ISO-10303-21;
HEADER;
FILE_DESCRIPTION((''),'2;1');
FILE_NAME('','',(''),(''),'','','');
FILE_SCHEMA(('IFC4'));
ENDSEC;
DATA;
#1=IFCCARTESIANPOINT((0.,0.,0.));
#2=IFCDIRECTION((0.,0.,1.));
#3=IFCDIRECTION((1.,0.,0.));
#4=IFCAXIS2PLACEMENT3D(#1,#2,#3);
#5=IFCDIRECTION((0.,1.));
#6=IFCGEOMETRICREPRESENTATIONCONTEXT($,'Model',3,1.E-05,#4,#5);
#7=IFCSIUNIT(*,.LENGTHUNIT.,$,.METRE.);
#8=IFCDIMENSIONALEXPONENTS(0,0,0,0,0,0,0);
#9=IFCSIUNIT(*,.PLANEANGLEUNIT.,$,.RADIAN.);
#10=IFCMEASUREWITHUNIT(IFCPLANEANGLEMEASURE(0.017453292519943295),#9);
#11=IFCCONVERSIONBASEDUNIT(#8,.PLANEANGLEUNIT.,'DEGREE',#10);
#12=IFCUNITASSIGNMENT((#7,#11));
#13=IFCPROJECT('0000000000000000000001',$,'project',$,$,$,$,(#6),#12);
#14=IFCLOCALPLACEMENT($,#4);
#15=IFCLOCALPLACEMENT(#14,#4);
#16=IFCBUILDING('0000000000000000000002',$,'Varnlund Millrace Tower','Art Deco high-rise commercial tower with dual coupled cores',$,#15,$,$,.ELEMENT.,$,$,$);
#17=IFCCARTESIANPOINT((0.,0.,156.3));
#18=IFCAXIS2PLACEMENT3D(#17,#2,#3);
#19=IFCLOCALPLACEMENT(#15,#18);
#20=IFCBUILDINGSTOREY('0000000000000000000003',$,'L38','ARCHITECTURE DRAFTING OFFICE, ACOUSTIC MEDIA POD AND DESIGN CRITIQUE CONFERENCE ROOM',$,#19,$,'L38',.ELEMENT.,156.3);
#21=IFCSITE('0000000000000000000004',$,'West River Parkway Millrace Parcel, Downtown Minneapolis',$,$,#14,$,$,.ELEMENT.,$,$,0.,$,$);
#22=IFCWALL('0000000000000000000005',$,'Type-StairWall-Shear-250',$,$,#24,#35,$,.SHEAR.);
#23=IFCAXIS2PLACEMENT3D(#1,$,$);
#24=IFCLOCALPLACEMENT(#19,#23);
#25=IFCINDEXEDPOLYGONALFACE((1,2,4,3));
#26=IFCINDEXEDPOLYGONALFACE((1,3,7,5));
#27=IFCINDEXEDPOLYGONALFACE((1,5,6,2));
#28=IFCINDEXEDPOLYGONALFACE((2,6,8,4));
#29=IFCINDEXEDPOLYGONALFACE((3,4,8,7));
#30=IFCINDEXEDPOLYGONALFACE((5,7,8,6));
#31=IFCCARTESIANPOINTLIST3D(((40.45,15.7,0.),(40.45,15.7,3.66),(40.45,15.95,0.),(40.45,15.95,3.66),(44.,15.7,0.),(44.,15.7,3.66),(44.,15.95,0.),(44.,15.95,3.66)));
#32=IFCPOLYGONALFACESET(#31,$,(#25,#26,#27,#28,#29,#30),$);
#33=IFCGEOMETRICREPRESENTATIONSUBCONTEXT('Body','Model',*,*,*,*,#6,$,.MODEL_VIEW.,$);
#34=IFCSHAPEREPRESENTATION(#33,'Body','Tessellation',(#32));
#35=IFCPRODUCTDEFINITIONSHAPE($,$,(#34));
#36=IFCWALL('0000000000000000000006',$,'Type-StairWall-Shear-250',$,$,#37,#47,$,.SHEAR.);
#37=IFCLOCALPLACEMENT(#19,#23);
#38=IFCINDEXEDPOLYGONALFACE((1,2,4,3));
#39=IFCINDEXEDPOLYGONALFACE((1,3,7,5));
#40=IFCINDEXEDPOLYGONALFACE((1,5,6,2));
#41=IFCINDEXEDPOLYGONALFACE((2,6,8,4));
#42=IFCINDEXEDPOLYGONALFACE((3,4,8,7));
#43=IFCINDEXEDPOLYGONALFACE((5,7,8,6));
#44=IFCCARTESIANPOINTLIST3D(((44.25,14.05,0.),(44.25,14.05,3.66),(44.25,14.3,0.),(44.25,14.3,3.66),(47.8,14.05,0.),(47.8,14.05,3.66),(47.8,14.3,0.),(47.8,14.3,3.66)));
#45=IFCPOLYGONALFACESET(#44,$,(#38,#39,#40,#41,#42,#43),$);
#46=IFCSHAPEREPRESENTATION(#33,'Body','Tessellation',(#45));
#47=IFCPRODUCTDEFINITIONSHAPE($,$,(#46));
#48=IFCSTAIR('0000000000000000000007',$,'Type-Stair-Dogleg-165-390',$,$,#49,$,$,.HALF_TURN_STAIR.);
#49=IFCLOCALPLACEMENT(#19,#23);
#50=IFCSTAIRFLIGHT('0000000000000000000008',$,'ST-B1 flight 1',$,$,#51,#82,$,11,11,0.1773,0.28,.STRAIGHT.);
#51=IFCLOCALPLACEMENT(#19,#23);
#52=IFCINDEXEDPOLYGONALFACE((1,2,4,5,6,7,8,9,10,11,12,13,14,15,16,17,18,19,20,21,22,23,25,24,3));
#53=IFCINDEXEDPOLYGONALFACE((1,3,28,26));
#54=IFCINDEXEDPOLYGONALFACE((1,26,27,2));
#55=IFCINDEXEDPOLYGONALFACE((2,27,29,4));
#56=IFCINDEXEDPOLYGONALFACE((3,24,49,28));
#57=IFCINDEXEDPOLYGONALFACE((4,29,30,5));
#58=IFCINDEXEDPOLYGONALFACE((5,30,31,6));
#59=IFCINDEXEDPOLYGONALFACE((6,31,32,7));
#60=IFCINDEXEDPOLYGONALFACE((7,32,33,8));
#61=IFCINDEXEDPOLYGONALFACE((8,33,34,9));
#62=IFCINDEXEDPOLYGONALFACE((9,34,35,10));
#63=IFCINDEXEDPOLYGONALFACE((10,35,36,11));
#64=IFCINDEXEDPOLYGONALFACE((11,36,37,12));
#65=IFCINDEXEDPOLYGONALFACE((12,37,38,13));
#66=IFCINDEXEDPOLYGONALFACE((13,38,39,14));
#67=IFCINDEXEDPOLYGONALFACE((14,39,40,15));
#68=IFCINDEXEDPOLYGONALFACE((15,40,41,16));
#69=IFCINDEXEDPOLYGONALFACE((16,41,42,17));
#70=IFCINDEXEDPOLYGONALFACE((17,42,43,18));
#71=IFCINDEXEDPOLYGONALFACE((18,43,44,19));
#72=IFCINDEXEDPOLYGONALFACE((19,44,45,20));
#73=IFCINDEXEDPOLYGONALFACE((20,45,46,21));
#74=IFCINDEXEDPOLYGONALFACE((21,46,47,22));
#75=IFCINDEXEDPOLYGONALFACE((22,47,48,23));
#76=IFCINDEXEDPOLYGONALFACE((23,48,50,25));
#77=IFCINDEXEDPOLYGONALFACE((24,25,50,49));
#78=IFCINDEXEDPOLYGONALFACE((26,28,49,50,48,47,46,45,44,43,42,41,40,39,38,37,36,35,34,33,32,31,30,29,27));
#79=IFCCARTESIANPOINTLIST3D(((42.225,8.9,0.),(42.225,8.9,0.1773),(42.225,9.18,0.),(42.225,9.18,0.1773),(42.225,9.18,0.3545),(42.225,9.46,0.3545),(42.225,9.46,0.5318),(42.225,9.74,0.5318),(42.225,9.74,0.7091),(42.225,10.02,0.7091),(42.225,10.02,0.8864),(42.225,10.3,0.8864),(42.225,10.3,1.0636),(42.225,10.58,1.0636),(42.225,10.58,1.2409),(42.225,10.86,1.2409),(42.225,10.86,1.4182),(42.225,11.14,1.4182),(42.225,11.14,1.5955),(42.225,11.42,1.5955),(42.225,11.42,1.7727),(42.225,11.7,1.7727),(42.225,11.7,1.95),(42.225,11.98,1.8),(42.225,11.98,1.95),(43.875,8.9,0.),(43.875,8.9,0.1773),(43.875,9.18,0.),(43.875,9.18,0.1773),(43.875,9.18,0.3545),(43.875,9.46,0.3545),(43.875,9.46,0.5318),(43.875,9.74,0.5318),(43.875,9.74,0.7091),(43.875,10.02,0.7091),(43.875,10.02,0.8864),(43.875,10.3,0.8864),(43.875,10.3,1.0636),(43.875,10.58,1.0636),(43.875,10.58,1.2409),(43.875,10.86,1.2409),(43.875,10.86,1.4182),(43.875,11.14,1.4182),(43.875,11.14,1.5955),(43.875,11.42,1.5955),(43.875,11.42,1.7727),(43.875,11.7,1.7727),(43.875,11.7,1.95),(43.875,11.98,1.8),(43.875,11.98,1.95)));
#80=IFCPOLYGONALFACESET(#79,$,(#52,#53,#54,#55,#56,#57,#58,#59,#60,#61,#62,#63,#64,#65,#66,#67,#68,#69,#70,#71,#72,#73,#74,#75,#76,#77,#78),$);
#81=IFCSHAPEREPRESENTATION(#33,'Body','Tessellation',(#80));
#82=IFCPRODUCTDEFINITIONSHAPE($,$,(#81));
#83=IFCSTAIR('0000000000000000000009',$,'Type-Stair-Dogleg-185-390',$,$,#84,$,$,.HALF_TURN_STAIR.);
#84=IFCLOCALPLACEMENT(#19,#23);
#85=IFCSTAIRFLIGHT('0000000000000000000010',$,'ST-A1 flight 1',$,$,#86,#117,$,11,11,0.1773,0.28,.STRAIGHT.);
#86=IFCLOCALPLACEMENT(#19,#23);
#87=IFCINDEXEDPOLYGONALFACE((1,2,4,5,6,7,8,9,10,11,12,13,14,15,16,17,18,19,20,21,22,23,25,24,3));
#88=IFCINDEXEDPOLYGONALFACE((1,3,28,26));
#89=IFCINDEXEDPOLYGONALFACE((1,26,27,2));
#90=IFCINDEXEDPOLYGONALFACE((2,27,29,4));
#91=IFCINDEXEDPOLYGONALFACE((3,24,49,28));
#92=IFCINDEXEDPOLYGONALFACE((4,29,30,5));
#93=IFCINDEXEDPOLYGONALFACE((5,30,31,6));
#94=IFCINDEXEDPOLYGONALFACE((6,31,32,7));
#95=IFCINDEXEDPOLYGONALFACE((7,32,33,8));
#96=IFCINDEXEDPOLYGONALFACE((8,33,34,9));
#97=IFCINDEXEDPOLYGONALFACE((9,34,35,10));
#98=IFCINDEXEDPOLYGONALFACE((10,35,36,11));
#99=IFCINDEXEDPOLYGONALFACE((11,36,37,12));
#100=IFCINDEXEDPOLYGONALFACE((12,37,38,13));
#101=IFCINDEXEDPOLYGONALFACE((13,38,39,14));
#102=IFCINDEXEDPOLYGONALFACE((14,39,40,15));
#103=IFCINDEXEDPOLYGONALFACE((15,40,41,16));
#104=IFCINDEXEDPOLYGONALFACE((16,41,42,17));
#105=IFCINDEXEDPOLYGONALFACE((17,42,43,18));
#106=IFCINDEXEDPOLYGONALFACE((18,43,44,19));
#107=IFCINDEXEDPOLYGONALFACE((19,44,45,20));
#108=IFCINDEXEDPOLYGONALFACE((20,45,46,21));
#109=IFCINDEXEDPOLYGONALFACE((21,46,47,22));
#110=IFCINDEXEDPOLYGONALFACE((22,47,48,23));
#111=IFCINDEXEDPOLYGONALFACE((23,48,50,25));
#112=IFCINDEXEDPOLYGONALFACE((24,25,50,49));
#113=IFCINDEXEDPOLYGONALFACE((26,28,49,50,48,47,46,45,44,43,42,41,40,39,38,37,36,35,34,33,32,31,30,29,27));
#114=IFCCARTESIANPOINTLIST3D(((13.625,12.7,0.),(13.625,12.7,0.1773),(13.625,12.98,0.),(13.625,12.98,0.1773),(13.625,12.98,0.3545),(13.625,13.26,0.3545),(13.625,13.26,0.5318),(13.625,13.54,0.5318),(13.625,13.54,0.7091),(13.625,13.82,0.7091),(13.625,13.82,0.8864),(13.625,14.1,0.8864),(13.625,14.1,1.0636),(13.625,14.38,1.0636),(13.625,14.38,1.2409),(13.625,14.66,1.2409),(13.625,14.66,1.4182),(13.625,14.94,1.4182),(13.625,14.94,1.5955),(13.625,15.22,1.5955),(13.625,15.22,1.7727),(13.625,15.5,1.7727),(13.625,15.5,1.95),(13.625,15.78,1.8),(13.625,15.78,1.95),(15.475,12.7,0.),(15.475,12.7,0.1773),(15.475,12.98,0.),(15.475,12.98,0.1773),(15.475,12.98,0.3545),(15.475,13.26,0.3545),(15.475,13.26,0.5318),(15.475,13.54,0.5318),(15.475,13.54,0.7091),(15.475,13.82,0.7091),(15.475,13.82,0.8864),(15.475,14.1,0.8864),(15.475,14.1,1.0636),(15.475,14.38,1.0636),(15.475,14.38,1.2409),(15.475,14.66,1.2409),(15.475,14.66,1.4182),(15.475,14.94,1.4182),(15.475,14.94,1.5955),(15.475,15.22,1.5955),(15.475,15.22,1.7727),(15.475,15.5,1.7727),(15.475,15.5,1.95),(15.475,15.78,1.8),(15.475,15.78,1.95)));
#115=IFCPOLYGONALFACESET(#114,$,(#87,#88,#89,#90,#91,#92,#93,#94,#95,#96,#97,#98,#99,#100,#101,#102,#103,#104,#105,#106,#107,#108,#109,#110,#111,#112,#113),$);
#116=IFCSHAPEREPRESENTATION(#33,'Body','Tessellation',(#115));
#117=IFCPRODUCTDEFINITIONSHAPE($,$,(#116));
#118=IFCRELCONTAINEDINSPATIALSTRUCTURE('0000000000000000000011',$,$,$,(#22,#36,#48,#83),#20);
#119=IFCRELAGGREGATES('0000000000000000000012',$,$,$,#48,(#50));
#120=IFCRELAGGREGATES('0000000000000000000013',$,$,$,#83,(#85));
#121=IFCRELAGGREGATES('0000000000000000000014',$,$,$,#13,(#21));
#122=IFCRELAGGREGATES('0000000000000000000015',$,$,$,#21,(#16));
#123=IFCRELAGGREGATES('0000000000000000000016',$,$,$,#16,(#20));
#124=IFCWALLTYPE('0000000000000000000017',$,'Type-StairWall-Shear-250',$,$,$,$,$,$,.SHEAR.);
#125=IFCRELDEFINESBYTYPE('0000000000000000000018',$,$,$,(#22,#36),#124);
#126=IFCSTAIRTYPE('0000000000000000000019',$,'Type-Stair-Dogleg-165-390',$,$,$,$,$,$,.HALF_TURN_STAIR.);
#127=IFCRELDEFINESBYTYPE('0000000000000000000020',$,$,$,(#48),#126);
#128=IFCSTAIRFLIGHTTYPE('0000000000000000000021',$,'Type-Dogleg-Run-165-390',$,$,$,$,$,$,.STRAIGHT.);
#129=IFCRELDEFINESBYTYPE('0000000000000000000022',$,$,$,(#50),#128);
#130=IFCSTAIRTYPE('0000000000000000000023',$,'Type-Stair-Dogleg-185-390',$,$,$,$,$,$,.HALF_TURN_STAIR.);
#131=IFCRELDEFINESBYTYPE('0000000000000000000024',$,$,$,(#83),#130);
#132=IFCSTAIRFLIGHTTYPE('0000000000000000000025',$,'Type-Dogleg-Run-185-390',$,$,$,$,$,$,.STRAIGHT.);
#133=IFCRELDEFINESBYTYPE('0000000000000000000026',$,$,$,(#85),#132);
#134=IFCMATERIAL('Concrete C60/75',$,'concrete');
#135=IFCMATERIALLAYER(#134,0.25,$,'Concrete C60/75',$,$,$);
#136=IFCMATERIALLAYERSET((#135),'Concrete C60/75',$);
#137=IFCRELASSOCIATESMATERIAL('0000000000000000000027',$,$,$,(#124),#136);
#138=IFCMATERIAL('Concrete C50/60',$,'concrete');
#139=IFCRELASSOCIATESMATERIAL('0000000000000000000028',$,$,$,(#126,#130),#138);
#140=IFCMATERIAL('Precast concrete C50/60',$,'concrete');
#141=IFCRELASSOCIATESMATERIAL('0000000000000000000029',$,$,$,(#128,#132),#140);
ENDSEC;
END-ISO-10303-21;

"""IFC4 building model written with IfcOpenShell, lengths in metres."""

from ifc_helpers import new_model, entity, si_unit, converted_unit, direction, frame, origin_with_axes, place, context, subcontext, project, spatial, polyline, outline, extrude, material, layer, layer_set, type_object, element, aggregate, save


model = new_model("IFC4")

# Units and contexts
model_context = context("Model", 3, precision=1e-05, world=origin_with_axes(), true_north=direction((0.0, 1.0)))
body_context = subcontext(model_context, "Body", "Model", "MODEL_VIEW")
ifc_project = project(units=[si_unit("LENGTHUNIT", "METRE"), converted_unit("PLANEANGLEUNIT", "DEGREE", entity("IfcPlaneAngleMeasure", 0.017453292519943295), si_unit("PLANEANGLEUNIT", "RADIAN"), dimensions=[0, 0, 0, 0, 0, 0, 0])], contexts=[model_context])

# Site, building, storey
site_placement = place(None, origin_with_axes())
site = spatial("IfcSite", under=ifc_project, at=site_placement, Name="West River Parkway Millrace Parcel, Downtown Minneapolis", CompositionType="ELEMENT", RefElevation=0.0)
building_placement = place(site_placement, origin_with_axes())
building = spatial("IfcBuilding", under=site, at=building_placement, Name="Varnlund Millrace Tower", Description="Art Deco high-rise commercial tower with dual coupled cores", CompositionType="ELEMENT")
storey_placement = place(building_placement, frame((0.0, 0.0, 156.3), z_axis=(0.0, 0.0, 1.0), x_axis=(1.0, 0.0, 0.0)))
storey = spatial("IfcBuildingStorey", under=building, at=storey_placement, Name="L38", Description="ARCHITECTURE DRAFTING OFFICE, ACOUSTIC MEDIA POD AND DESIGN CRITIQUE CONFERENCE ROOM", LongName="L38", CompositionType="ELEMENT", Elevation=156.3)

# Shared definitions
ifc_material_1 = material(Name="Concrete C60/75", Category="concrete")
ifc_layer_1 = layer(ifc_material_1, 0.25, Name="Concrete C60/75")
ifc_layer_set_1 = layer_set([ifc_layer_1], Name="Concrete C60/75")

# Walls
wall_type_1 = type_object("IfcWallType", Name="Type-StairWall-Shear-250", PredefinedType="SHEAR", material=ifc_layer_set_1)
for number, where, z_axis, x_axis, name in (
    (1, (40.45, 15.825, 0.0), (0.0, 0.0, 1.0), (1.0, 0.0, 0.0), "Type-StairWall-Shear-250"),
    (2, (44.25, 14.175, 0.0), (0.0, 0.0, 1.0), (1.0, 0.0, 0.0), "Type-StairWall-Shear-250"),
):
    element("IfcWall", number, at=place(storey_placement, frame(where, z_axis=z_axis, x_axis=x_axis)), inside=storey, type_object=wall_type_1, Name=name, PredefinedType="SHEAR", context=body_context, shape_type="SweptSolid", body=[
        extrude(outline(polyline([(0.0, -0.125), (3.55, -0.125), (3.55, 0.125), (0.0, 0.125), (0.0, -0.125)])), origin_with_axes(), (0.0, 0.0, 1.0), 3.66),
    ])

# Stairs, stair flights
ifc_material_2 = material(Name="Concrete C50/60", Category="concrete")
stair_type_1 = type_object("IfcStairType", Name="Type-Stair-Dogleg-165-390", PredefinedType="HALF_TURN_STAIR", material=ifc_material_2)
stair_1_placement = place(storey_placement, origin_with_axes())
stair_1 = element("IfcStair", 3, at=stair_1_placement, inside=storey, type_object=stair_type_1, Name="Type-Stair-Dogleg-165-390", PredefinedType="HALF_TURN_STAIR")
ifc_material_3 = material(Name="Precast concrete C50/60", Category="concrete")
stair_flight_type_1 = type_object("IfcStairFlightType", Name="Type-Dogleg-Run-165-390", PredefinedType="STRAIGHT", material=ifc_material_3)
stair_flight_1_placement = place(storey_placement, frame((42.225, 8.9, 0.0), z_axis=(1.0, 0.0, 0.0), x_axis=(0.0, 1.0, 0.0)))
stair_flight_1 = element("IfcStairFlight", 4, at=stair_flight_1_placement, type_object=stair_flight_type_1, Name="ST-B1 flight 1", NumberOfRisers=11, NumberOfTreads=11, PredefinedType="STRAIGHT", RiserHeight=0.1773, TreadLength=0.28, context=body_context, shape_type="SweptSolid", body=[
    extrude(outline(polyline([(0.0, 0.0), (0.0, 0.1773), (0.28, 0.1773), (0.28, 0.3545), (0.56, 0.3545), (0.56, 0.5318), (0.84, 0.5318), (0.84, 0.7091), (1.12, 0.7091), (1.12, 0.8864), (1.4, 0.8864), (1.4, 1.0636), (1.68, 1.0636), (1.68, 1.2409), (1.96, 1.2409), (1.96, 1.4182), (2.24, 1.4182), (2.24, 1.5955), (2.52, 1.5955), (2.52, 1.7727), (2.8, 1.7727), (2.8, 1.95), (3.08, 1.95), (3.08, 1.8), (0.28, 0.0), (0.0, 0.0)])), origin_with_axes(), (0.0, 0.0, 1.0), 1.65),
])
aggregate(stair_1, [stair_flight_1])
stair_type_2 = type_object("IfcStairType", Name="Type-Stair-Dogleg-185-390", PredefinedType="HALF_TURN_STAIR", material=ifc_material_2)
stair_2_placement = place(storey_placement, origin_with_axes())
stair_2 = element("IfcStair", 5, at=stair_2_placement, inside=storey, type_object=stair_type_2, Name="Type-Stair-Dogleg-185-390", PredefinedType="HALF_TURN_STAIR")
stair_flight_type_2 = type_object("IfcStairFlightType", Name="Type-Dogleg-Run-185-390", PredefinedType="STRAIGHT", material=ifc_material_3)
stair_flight_2_placement = place(storey_placement, frame((13.625, 12.7, 0.0), z_axis=(1.0, 0.0, 0.0), x_axis=(0.0, 1.0, 0.0)))
stair_flight_2 = element("IfcStairFlight", 6, at=stair_flight_2_placement, type_object=stair_flight_type_2, Name="ST-A1 flight 1", NumberOfRisers=11, NumberOfTreads=11, PredefinedType="STRAIGHT", RiserHeight=0.1773, TreadLength=0.28, context=body_context, shape_type="SweptSolid", body=[
    extrude(outline(polyline([(0.0, 0.0), (0.0, 0.1773), (0.28, 0.1773), (0.28, 0.3545), (0.56, 0.3545), (0.56, 0.5318), (0.84, 0.5318), (0.84, 0.7091), (1.12, 0.7091), (1.12, 0.8864), (1.4, 0.8864), (1.4, 1.0636), (1.68, 1.0636), (1.68, 1.2409), (1.96, 1.2409), (1.96, 1.4182), (2.24, 1.4182), (2.24, 1.5955), (2.52, 1.5955), (2.52, 1.7727), (2.8, 1.7727), (2.8, 1.95), (3.08, 1.95), (3.08, 1.8), (0.28, 0.0), (0.0, 0.0)])), origin_with_axes(), (0.0, 0.0, 1.0), 1.85),
])
aggregate(stair_2, [stair_flight_2])

save(model, "model.ifc")
